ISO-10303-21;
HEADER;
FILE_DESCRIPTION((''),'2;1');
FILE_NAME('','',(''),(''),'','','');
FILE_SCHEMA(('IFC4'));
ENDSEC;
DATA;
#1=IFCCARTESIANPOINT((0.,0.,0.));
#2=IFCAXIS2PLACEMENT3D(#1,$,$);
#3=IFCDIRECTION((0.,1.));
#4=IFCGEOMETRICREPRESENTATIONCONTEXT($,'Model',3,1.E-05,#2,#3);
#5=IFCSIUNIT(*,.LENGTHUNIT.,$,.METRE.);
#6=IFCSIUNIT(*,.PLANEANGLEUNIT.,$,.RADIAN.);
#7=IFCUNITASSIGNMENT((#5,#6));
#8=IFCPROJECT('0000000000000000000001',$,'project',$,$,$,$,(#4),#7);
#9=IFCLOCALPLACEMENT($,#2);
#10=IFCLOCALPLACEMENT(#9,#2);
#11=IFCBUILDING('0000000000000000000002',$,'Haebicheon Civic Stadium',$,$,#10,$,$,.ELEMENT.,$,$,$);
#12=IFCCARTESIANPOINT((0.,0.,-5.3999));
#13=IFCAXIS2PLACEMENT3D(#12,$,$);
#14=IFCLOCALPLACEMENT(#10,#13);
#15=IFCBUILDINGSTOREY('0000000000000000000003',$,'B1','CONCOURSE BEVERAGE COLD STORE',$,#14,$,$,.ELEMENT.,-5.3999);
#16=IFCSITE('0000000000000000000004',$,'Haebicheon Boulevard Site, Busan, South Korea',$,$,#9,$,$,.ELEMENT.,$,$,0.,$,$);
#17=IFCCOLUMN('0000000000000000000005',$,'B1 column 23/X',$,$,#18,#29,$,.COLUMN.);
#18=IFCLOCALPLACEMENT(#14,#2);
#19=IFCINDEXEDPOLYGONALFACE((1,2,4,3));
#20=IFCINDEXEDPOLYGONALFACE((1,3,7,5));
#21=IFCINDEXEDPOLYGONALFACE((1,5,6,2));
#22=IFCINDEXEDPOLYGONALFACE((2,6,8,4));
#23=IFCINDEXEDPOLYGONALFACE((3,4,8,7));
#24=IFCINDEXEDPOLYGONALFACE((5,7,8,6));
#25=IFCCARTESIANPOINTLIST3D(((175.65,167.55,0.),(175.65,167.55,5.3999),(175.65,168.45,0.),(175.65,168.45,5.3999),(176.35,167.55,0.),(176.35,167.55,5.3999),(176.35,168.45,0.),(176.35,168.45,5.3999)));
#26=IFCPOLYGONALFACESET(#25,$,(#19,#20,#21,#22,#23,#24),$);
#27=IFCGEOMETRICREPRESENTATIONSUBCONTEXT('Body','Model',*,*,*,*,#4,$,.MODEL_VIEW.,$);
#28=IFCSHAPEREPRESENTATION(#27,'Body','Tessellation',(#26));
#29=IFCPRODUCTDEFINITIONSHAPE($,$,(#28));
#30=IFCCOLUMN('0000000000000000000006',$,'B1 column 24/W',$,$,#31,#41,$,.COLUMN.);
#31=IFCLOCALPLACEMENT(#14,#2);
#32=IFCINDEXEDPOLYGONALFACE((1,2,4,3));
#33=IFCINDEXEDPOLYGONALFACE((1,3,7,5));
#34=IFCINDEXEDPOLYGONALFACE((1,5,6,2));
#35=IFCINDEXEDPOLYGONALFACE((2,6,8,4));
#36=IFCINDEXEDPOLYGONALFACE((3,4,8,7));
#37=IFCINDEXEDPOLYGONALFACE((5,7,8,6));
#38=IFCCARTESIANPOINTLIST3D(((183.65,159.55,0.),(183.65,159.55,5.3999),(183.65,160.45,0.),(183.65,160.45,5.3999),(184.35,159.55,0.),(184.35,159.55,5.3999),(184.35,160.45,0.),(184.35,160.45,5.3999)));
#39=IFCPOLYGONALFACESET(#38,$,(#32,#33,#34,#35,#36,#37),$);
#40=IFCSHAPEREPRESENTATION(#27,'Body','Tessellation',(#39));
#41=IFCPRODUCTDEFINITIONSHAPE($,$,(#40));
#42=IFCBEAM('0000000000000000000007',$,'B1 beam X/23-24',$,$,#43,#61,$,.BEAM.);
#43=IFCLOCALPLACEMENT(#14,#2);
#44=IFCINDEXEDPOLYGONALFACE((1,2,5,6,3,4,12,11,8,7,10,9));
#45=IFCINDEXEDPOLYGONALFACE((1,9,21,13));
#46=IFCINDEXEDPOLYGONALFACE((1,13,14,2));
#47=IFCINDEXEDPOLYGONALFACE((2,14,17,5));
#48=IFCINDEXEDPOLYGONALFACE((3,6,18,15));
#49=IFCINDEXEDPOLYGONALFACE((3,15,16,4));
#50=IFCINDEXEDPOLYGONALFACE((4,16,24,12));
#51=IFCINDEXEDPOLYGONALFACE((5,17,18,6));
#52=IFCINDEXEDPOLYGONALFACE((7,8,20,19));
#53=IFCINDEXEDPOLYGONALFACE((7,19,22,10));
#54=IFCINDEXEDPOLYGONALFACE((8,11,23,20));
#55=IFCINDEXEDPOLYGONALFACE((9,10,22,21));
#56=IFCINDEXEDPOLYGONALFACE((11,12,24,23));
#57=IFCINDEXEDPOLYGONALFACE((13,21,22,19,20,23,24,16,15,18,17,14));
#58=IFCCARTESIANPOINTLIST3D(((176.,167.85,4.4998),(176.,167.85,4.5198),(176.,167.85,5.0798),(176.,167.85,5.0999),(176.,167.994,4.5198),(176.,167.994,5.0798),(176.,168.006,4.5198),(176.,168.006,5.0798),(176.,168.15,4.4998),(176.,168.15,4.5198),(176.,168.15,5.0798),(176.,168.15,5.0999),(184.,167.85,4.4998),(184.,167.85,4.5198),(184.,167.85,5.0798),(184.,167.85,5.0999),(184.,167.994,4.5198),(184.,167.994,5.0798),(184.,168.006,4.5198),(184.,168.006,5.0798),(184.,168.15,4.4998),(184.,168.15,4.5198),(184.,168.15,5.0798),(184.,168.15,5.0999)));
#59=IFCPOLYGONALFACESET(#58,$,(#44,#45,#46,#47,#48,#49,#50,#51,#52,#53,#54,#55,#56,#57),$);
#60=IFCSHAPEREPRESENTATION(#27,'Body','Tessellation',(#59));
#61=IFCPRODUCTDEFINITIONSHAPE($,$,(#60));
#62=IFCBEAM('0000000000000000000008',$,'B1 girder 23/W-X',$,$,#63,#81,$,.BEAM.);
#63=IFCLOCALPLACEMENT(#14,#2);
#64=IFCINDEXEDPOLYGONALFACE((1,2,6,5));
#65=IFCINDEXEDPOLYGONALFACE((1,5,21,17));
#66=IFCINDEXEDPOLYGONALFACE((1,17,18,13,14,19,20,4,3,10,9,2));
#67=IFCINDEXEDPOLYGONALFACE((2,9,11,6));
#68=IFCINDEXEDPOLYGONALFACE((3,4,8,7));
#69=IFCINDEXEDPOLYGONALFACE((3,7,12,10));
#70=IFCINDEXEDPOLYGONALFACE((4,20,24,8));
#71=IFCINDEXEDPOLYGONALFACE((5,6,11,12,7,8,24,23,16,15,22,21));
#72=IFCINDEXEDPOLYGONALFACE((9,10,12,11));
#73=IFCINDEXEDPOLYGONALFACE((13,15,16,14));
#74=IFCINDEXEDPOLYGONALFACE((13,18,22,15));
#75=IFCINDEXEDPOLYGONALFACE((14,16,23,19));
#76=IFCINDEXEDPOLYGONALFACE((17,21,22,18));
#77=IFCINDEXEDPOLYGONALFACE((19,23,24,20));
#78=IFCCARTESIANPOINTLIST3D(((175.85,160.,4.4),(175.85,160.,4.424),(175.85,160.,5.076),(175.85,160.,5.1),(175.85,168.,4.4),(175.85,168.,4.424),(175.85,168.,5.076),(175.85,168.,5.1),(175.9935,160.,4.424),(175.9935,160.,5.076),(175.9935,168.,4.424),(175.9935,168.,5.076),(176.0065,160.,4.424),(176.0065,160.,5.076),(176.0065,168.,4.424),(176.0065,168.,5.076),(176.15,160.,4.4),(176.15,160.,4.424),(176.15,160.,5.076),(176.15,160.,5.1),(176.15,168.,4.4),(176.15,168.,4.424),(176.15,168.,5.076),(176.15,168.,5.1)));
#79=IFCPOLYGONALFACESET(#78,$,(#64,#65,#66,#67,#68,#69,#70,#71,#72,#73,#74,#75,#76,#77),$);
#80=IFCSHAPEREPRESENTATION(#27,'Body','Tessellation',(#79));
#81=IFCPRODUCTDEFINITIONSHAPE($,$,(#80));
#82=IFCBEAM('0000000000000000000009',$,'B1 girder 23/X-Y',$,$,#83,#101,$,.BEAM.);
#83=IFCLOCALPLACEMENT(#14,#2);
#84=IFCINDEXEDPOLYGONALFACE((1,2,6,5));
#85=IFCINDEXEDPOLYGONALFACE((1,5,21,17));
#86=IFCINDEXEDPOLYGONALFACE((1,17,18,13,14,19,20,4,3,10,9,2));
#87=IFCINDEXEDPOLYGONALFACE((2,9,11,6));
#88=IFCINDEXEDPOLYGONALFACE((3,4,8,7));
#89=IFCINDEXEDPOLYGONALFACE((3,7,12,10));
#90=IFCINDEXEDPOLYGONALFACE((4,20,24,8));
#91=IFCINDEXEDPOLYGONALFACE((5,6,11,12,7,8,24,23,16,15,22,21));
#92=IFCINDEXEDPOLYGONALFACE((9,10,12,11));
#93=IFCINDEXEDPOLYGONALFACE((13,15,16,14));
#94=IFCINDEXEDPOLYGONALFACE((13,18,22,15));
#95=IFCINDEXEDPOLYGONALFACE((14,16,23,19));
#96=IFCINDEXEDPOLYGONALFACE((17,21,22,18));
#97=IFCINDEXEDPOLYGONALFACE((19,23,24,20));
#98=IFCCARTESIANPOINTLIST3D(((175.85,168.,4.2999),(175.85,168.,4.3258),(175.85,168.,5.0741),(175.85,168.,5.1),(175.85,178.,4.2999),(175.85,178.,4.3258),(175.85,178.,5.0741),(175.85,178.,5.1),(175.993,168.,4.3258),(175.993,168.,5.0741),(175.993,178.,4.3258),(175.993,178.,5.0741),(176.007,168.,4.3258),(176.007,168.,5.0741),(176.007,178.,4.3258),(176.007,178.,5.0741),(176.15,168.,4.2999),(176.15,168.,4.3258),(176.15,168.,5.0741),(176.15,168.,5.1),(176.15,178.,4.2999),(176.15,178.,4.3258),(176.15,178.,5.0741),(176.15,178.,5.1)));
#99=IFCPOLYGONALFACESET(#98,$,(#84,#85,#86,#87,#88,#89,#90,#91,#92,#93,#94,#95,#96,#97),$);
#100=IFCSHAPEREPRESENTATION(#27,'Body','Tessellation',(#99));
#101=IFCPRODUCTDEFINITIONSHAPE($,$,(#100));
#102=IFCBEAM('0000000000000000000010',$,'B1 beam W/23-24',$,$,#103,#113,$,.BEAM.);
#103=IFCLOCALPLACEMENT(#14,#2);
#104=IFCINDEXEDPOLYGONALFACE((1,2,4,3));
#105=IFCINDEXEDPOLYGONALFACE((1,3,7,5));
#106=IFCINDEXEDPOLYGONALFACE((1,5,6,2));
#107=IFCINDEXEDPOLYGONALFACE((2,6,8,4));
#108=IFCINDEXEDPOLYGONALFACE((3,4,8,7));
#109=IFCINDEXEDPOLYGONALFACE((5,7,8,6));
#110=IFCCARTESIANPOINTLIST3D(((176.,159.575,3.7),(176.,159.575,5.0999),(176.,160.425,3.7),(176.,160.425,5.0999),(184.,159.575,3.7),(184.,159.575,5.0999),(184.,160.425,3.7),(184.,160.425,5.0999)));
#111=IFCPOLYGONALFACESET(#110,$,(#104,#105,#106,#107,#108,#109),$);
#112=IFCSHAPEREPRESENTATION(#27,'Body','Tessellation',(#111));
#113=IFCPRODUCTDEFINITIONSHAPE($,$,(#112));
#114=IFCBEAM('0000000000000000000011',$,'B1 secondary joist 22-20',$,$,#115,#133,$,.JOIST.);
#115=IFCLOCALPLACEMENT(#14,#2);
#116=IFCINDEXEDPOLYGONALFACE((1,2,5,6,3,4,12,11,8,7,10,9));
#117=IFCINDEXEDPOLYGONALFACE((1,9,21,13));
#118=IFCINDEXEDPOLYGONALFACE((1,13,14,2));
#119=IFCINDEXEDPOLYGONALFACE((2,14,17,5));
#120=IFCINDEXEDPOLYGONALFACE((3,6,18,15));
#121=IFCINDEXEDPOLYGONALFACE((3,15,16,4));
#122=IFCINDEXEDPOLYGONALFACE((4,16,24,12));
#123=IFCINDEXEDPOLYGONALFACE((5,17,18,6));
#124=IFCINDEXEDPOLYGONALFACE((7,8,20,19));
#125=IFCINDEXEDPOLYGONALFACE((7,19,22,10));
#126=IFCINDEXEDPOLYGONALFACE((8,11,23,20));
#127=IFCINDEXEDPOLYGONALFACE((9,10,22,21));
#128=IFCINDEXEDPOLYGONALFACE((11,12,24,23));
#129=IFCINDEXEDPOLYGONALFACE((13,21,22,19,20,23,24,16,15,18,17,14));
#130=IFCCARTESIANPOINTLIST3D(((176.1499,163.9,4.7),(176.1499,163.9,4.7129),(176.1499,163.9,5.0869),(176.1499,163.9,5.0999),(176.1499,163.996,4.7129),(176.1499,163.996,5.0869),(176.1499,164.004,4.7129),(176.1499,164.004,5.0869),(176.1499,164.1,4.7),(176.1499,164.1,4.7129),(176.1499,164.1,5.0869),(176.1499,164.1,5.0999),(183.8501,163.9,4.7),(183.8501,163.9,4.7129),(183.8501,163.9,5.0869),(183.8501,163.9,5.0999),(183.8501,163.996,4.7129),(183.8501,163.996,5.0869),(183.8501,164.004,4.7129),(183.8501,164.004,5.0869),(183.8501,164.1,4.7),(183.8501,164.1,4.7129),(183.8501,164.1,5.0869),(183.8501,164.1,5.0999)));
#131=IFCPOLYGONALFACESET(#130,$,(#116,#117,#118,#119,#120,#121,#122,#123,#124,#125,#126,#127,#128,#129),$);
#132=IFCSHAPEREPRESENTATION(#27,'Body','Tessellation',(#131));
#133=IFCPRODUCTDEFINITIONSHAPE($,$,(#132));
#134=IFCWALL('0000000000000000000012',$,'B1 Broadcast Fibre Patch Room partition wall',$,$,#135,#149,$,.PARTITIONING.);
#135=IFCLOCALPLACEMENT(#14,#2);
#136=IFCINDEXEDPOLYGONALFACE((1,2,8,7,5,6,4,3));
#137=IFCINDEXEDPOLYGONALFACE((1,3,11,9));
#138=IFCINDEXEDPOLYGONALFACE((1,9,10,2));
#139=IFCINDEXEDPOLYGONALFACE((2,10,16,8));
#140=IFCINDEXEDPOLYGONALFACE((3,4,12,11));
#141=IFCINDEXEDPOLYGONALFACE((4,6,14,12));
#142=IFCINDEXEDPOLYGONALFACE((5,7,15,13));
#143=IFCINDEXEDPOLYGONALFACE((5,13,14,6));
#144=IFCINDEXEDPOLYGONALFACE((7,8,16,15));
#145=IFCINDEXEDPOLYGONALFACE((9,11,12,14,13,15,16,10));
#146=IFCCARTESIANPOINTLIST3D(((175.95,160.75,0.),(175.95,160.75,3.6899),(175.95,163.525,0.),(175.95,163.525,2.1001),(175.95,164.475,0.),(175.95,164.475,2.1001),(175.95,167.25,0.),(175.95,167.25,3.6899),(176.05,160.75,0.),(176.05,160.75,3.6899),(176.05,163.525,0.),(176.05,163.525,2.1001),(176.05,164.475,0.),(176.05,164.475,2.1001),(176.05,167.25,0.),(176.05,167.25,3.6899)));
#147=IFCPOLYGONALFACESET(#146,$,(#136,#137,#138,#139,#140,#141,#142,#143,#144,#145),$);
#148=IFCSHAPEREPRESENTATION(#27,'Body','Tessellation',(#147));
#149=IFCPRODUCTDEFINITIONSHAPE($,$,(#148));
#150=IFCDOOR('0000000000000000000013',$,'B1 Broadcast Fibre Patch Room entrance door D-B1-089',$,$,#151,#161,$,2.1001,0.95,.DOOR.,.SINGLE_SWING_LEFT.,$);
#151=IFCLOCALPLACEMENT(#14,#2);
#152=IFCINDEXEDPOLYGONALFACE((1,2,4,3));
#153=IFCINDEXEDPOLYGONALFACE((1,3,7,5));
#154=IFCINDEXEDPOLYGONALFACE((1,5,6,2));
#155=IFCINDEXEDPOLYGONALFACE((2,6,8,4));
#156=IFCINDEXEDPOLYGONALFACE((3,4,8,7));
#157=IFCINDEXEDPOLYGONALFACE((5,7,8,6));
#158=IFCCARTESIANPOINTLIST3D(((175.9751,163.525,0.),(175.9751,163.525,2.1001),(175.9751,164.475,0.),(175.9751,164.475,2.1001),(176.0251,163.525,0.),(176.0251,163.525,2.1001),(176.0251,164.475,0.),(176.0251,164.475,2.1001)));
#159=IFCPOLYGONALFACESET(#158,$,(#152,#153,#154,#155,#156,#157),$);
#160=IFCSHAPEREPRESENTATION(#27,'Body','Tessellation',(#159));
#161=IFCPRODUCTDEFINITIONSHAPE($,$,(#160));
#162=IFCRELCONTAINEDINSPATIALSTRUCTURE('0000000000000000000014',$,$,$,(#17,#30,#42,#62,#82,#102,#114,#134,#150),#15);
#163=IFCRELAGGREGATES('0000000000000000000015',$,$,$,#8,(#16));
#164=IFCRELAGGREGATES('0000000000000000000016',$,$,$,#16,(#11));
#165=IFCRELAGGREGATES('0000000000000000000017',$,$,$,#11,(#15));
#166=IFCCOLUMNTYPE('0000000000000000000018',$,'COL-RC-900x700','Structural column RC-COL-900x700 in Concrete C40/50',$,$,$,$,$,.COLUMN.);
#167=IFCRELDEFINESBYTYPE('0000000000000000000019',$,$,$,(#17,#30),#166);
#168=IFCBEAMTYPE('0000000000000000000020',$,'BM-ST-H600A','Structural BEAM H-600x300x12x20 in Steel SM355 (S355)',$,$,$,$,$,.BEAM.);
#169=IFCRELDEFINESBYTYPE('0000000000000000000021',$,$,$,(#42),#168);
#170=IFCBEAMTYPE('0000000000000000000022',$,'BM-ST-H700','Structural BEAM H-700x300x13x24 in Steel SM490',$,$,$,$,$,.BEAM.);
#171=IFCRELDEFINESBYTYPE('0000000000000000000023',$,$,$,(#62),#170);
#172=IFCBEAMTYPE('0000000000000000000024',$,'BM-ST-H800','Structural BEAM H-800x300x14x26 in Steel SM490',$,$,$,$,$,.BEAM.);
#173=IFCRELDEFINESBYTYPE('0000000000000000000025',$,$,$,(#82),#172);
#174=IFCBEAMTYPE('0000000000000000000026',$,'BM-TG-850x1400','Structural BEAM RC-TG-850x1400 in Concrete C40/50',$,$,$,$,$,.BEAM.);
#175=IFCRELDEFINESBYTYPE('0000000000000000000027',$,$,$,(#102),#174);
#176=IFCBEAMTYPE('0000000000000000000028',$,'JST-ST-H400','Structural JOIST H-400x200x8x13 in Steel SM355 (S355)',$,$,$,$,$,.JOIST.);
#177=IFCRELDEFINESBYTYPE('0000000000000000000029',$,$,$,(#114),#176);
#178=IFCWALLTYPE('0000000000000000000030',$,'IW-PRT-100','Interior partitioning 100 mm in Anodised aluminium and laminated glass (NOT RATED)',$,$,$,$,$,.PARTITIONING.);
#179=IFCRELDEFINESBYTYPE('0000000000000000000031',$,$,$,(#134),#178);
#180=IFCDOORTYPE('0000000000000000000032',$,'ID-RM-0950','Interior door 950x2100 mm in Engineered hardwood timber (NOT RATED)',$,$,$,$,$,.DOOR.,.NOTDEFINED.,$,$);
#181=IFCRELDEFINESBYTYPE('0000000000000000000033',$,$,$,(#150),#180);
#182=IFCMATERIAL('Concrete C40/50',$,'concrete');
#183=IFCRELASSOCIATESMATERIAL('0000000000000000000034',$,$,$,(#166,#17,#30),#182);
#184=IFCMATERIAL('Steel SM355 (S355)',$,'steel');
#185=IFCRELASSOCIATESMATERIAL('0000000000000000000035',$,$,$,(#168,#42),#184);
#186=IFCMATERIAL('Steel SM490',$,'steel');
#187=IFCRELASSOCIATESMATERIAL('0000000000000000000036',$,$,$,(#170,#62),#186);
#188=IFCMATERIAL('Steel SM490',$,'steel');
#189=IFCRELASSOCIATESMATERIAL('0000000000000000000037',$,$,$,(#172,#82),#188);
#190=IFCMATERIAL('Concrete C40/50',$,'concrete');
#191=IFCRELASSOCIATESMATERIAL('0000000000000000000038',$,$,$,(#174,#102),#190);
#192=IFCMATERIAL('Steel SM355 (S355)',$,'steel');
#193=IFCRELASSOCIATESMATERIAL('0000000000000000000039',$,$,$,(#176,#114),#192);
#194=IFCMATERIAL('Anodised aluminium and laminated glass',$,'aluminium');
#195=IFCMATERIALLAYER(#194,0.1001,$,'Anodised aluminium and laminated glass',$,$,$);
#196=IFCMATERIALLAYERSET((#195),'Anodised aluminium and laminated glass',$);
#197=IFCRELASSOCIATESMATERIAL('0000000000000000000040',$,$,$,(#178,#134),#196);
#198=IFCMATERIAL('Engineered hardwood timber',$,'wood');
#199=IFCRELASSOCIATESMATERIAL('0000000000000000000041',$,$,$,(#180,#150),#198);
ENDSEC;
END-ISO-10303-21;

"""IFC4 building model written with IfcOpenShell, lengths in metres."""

from ifc_helpers import new_model, si_unit, direction, frame, frame_2d, origin, origin_2d, place, context, subcontext, project, spatial, rectangle, i_section, extrude, material, layer, layer_set, material_profile, profile_set, type_object, element, fill, save


model = new_model("IFC4")

# Units and contexts
model_context = context("Model", 3, precision=1e-05, world=origin(), true_north=direction((0.0, 1.0)))
body_context = subcontext(model_context, "Body", "Model", "MODEL_VIEW")
ifc_project = project(units=[si_unit("LENGTHUNIT", "METRE"), si_unit("PLANEANGLEUNIT", "RADIAN")], contexts=[model_context])

# Site, building, storey
site_placement = place(None, origin())
site = spatial("IfcSite", under=ifc_project, at=site_placement, Name="Haebicheon Boulevard Site, Busan, South Korea", CompositionType="ELEMENT", RefElevation=0.0)
building_placement = place(site_placement, origin())
building = spatial("IfcBuilding", under=site, at=building_placement, Name="Haebicheon Civic Stadium", CompositionType="ELEMENT")
storey_placement = place(building_placement, frame((0.0, 0.0, -5.3999)))
storey = spatial("IfcBuildingStorey", under=building, at=storey_placement, Name="B1", Description="CONCOURSE BEVERAGE COLD STORE", CompositionType="ELEMENT", Elevation=-5.3999)

# Columns
ifc_material_1 = material(Name="Concrete C40/50", Category="concrete")
ifc_material_profile_1 = material_profile(ifc_material_1, rectangle(XDim=0.7, YDim=0.8999, at=origin_2d()), Name="RC-COL-900x700")
ifc_profile_set_1 = profile_set([ifc_material_profile_1], Name="Concrete C40/50")
column_type = type_object("IfcColumnType", Name="COL-RC-900x700", Description="Structural column RC-COL-900x700 in Concrete C40/50", PredefinedType="COLUMN", material=ifc_profile_set_1)
for number, where, z_axis, x_axis, name in (
    (1, (176.0, 168.0, 0.0), (0.0, 0.0, 1.0), (1.0, 0.0, 0.0), "B1 column 23/X"),
    (2, (184.0, 160.0, 0.0), (0.0, 0.0, 1.0), (1.0, 0.0, 0.0), "B1 column 24/W"),
):
    element("IfcColumn", number, at=place(storey_placement, frame(where, z_axis=z_axis, x_axis=x_axis)), inside=storey, type_object=column_type, material=ifc_profile_set_1, Name=name, PredefinedType="COLUMN", context=body_context, shape_type="SweptSolid", body=[
        extrude(rectangle(XDim=0.7, YDim=0.8999, at=origin_2d()), origin(), (0.0, 0.0, 1.0), 5.3999),
    ])

# Beams
ifc_material_2 = material(Name="Steel SM355 (S355)", Category="steel")
ifc_material_profile_2 = material_profile(ifc_material_2, i_section(OverallWidth=0.3, OverallDepth=0.6001, WebThickness=0.012, FlangeThickness=0.02, at=origin_2d()), Name="H-600x300x12x20")
ifc_profile_set_2 = profile_set([ifc_material_profile_2], Name="Steel SM355 (S355)")
beam_type_1 = type_object("IfcBeamType", Name="BM-ST-H600A", Description="Structural BEAM H-600x300x12x20 in Steel SM355 (S355)", PredefinedType="BEAM", material=ifc_profile_set_2)
beam_1_placement = place(storey_placement, frame((176.0, 168.0, 4.7998), z_axis=(1.0, 0.0, 0.0), x_axis=(0.0, 1.0, 0.0)))
element("IfcBeam", 3, at=beam_1_placement, inside=storey, type_object=beam_type_1, material=ifc_profile_set_2, Name="B1 beam X/23-24", PredefinedType="BEAM", context=body_context, shape_type="SweptSolid", body=[
    extrude(i_section(OverallWidth=0.3, OverallDepth=0.6001, WebThickness=0.012, FlangeThickness=0.02, at=origin_2d()), origin(), (0.0, 0.0, 1.0), 8.0),
])
ifc_material_3 = material(Name="Steel SM490", Category="steel")
ifc_material_profile_3 = material_profile(ifc_material_3, i_section(OverallWidth=0.3, OverallDepth=0.7, WebThickness=0.0129, FlangeThickness=0.0239, at=origin_2d()), Name="H-700x300x13x24")
ifc_profile_set_3 = profile_set([ifc_material_profile_3], Name="Steel SM490")
beam_type_2 = type_object("IfcBeamType", Name="BM-ST-H700", Description="Structural BEAM H-700x300x13x24 in Steel SM490", PredefinedType="BEAM", material=ifc_profile_set_3)
beam_2_placement = place(storey_placement, frame((176.0, 160.0, 4.75), z_axis=(0.0, 1.0, 0.0), x_axis=(-1.0, 0.0, 0.0)))
element("IfcBeam", 4, at=beam_2_placement, inside=storey, type_object=beam_type_2, material=ifc_profile_set_3, Name="B1 girder 23/W-X", PredefinedType="BEAM", context=body_context, shape_type="SweptSolid", body=[
    extrude(i_section(OverallWidth=0.3, OverallDepth=0.7, WebThickness=0.0129, FlangeThickness=0.0239, at=origin_2d()), origin(), (0.0, 0.0, 1.0), 8.0),
])
ifc_material_4 = material(Name="Steel SM490", Category="steel")
ifc_material_profile_4 = material_profile(ifc_material_4, i_section(OverallWidth=0.3, OverallDepth=0.8, WebThickness=0.0139, FlangeThickness=0.0259, at=origin_2d()), Name="H-800x300x14x26")
ifc_profile_set_4 = profile_set([ifc_material_profile_4], Name="Steel SM490")
beam_type_3 = type_object("IfcBeamType", Name="BM-ST-H800", Description="Structural BEAM H-800x300x14x26 in Steel SM490", PredefinedType="BEAM", material=ifc_profile_set_4)
beam_3_placement = place(storey_placement, frame((176.0, 168.0, 4.7), z_axis=(0.0, 1.0, 0.0), x_axis=(-1.0, 0.0, 0.0)))
element("IfcBeam", 5, at=beam_3_placement, inside=storey, type_object=beam_type_3, material=ifc_profile_set_4, Name="B1 girder 23/X-Y", PredefinedType="BEAM", context=body_context, shape_type="SweptSolid", body=[
    extrude(i_section(OverallWidth=0.3, OverallDepth=0.8, WebThickness=0.0139, FlangeThickness=0.0259, at=origin_2d()), origin(), (0.0, 0.0, 1.0), 10.0),
])
ifc_material_5 = material(Name="Concrete C40/50", Category="concrete")
ifc_material_profile_5 = material_profile(ifc_material_5, rectangle(XDim=0.8501, YDim=1.3999, at=origin_2d()), Name="RC-TG-850x1400")
ifc_profile_set_5 = profile_set([ifc_material_profile_5], Name="Concrete C40/50")
beam_type_4 = type_object("IfcBeamType", Name="BM-TG-850x1400", Description="Structural BEAM RC-TG-850x1400 in Concrete C40/50", PredefinedType="BEAM", material=ifc_profile_set_5)
beam_4_placement = place(storey_placement, frame((176.0, 160.0, 4.3999), z_axis=(1.0, 0.0, 0.0), x_axis=(0.0, 1.0, 0.0)))
element("IfcBeam", 6, at=beam_4_placement, inside=storey, type_object=beam_type_4, material=ifc_profile_set_5, Name="B1 beam W/23-24", PredefinedType="BEAM", context=body_context, shape_type="SweptSolid", body=[
    extrude(rectangle(XDim=0.8501, YDim=1.3999, at=origin_2d()), origin(), (0.0, 0.0, 1.0), 8.0),
])
ifc_material_6 = material(Name="Steel SM355 (S355)", Category="steel")
ifc_material_profile_6 = material_profile(ifc_material_6, i_section(OverallWidth=0.2, OverallDepth=0.3999, WebThickness=0.0081, FlangeThickness=0.0129, at=origin_2d()), Name="H-400x200x8x13")
ifc_profile_set_6 = profile_set([ifc_material_profile_6], Name="Steel SM355 (S355)")
beam_type_5 = type_object("IfcBeamType", Name="JST-ST-H400", Description="Structural JOIST H-400x200x8x13 in Steel SM355 (S355)", PredefinedType="JOIST", material=ifc_profile_set_6)
beam_5_placement = place(storey_placement, frame((176.1499, 164.0, 4.8999), z_axis=(1.0, 0.0, 0.0), x_axis=(0.0, 1.0, 0.0)))
element("IfcBeam", 7, at=beam_5_placement, inside=storey, type_object=beam_type_5, material=ifc_profile_set_6, Name="B1 secondary joist 22-20", PredefinedType="JOIST", context=body_context, shape_type="SweptSolid", body=[
    extrude(i_section(OverallWidth=0.2, OverallDepth=0.3999, WebThickness=0.0081, FlangeThickness=0.0129, at=origin_2d()), origin(), (0.0, 0.0, 1.0), 7.7002),
])

# Wall, opening, door
ifc_material_7 = material(Name="Anodised aluminium and laminated glass", Category="aluminium")
ifc_layer_1 = layer(ifc_material_7, 0.1001, Name="Anodised aluminium and laminated glass")
ifc_layer_set_1 = layer_set([ifc_layer_1], Name="Anodised aluminium and laminated glass")
wall_type = type_object("IfcWallType", Name="IW-PRT-100", Description="Interior partitioning 100 mm in Anodised aluminium and laminated glass (NOT RATED)", PredefinedType="PARTITIONING", material=ifc_layer_set_1)
wall_placement = place(storey_placement, frame((176.0, 160.75, 0.0), z_axis=(0.0, 0.0, 1.0), x_axis=(0.0, 1.0, 0.0)))
wall = element("IfcWall", 8, at=wall_placement, inside=storey, type_object=wall_type, material=ifc_layer_set_1, Name="B1 Broadcast Fibre Patch Room partition wall", PredefinedType="PARTITIONING", context=body_context, shape_type="SweptSolid", body=[
    extrude(rectangle(XDim=6.5, YDim=0.1001, at=frame_2d((3.25, 0.0))), origin(), (0.0, 0.0, 1.0), 3.6899),
])
opening_placement = place(wall_placement, frame((2.7749, 0.0, 0.0)))
opening = element("IfcOpeningElement", 9, at=opening_placement, cuts=wall, PredefinedType="OPENING", context=body_context, shape_type="SweptSolid", body=[
    extrude(rectangle(XDim=0.95, YDim=2.1001, at=frame_2d((0.4751, 1.05))), frame((0.0, 0.0601, 0.0), z_axis=(0.0, -1.0, 0.0), x_axis=(1.0, 0.0, 0.0)), (0.0, 0.0, 1.0), 0.1201),
])
ifc_material_8 = material(Name="Engineered hardwood timber", Category="wood")
door_type = type_object("IfcDoorType", Name="ID-RM-0950", Description="Interior door 950x2100 mm in Engineered hardwood timber (NOT RATED)", OperationType="NOTDEFINED", PredefinedType="DOOR", material=ifc_material_8)
door_placement = place(opening_placement, origin())
door = element("IfcDoor", 10, at=door_placement, inside=storey, type_object=door_type, material=ifc_material_8, Name="B1 Broadcast Fibre Patch Room entrance door D-B1-089", OperationType="SINGLE_SWING_LEFT", OverallHeight=2.1001, OverallWidth=0.95, PredefinedType="DOOR", context=body_context, shape_type="SweptSolid", body=[
    extrude(rectangle(XDim=0.95, YDim=2.1001, at=frame_2d((0.4751, 1.05))), frame((0.0, 0.0249, 0.0), z_axis=(0.0, -1.0, 0.0), x_axis=(1.0, 0.0, 0.0)), (0.0, 0.0, 1.0), 0.05),
])
fill(opening, door)

save(model, "model.ifc")
